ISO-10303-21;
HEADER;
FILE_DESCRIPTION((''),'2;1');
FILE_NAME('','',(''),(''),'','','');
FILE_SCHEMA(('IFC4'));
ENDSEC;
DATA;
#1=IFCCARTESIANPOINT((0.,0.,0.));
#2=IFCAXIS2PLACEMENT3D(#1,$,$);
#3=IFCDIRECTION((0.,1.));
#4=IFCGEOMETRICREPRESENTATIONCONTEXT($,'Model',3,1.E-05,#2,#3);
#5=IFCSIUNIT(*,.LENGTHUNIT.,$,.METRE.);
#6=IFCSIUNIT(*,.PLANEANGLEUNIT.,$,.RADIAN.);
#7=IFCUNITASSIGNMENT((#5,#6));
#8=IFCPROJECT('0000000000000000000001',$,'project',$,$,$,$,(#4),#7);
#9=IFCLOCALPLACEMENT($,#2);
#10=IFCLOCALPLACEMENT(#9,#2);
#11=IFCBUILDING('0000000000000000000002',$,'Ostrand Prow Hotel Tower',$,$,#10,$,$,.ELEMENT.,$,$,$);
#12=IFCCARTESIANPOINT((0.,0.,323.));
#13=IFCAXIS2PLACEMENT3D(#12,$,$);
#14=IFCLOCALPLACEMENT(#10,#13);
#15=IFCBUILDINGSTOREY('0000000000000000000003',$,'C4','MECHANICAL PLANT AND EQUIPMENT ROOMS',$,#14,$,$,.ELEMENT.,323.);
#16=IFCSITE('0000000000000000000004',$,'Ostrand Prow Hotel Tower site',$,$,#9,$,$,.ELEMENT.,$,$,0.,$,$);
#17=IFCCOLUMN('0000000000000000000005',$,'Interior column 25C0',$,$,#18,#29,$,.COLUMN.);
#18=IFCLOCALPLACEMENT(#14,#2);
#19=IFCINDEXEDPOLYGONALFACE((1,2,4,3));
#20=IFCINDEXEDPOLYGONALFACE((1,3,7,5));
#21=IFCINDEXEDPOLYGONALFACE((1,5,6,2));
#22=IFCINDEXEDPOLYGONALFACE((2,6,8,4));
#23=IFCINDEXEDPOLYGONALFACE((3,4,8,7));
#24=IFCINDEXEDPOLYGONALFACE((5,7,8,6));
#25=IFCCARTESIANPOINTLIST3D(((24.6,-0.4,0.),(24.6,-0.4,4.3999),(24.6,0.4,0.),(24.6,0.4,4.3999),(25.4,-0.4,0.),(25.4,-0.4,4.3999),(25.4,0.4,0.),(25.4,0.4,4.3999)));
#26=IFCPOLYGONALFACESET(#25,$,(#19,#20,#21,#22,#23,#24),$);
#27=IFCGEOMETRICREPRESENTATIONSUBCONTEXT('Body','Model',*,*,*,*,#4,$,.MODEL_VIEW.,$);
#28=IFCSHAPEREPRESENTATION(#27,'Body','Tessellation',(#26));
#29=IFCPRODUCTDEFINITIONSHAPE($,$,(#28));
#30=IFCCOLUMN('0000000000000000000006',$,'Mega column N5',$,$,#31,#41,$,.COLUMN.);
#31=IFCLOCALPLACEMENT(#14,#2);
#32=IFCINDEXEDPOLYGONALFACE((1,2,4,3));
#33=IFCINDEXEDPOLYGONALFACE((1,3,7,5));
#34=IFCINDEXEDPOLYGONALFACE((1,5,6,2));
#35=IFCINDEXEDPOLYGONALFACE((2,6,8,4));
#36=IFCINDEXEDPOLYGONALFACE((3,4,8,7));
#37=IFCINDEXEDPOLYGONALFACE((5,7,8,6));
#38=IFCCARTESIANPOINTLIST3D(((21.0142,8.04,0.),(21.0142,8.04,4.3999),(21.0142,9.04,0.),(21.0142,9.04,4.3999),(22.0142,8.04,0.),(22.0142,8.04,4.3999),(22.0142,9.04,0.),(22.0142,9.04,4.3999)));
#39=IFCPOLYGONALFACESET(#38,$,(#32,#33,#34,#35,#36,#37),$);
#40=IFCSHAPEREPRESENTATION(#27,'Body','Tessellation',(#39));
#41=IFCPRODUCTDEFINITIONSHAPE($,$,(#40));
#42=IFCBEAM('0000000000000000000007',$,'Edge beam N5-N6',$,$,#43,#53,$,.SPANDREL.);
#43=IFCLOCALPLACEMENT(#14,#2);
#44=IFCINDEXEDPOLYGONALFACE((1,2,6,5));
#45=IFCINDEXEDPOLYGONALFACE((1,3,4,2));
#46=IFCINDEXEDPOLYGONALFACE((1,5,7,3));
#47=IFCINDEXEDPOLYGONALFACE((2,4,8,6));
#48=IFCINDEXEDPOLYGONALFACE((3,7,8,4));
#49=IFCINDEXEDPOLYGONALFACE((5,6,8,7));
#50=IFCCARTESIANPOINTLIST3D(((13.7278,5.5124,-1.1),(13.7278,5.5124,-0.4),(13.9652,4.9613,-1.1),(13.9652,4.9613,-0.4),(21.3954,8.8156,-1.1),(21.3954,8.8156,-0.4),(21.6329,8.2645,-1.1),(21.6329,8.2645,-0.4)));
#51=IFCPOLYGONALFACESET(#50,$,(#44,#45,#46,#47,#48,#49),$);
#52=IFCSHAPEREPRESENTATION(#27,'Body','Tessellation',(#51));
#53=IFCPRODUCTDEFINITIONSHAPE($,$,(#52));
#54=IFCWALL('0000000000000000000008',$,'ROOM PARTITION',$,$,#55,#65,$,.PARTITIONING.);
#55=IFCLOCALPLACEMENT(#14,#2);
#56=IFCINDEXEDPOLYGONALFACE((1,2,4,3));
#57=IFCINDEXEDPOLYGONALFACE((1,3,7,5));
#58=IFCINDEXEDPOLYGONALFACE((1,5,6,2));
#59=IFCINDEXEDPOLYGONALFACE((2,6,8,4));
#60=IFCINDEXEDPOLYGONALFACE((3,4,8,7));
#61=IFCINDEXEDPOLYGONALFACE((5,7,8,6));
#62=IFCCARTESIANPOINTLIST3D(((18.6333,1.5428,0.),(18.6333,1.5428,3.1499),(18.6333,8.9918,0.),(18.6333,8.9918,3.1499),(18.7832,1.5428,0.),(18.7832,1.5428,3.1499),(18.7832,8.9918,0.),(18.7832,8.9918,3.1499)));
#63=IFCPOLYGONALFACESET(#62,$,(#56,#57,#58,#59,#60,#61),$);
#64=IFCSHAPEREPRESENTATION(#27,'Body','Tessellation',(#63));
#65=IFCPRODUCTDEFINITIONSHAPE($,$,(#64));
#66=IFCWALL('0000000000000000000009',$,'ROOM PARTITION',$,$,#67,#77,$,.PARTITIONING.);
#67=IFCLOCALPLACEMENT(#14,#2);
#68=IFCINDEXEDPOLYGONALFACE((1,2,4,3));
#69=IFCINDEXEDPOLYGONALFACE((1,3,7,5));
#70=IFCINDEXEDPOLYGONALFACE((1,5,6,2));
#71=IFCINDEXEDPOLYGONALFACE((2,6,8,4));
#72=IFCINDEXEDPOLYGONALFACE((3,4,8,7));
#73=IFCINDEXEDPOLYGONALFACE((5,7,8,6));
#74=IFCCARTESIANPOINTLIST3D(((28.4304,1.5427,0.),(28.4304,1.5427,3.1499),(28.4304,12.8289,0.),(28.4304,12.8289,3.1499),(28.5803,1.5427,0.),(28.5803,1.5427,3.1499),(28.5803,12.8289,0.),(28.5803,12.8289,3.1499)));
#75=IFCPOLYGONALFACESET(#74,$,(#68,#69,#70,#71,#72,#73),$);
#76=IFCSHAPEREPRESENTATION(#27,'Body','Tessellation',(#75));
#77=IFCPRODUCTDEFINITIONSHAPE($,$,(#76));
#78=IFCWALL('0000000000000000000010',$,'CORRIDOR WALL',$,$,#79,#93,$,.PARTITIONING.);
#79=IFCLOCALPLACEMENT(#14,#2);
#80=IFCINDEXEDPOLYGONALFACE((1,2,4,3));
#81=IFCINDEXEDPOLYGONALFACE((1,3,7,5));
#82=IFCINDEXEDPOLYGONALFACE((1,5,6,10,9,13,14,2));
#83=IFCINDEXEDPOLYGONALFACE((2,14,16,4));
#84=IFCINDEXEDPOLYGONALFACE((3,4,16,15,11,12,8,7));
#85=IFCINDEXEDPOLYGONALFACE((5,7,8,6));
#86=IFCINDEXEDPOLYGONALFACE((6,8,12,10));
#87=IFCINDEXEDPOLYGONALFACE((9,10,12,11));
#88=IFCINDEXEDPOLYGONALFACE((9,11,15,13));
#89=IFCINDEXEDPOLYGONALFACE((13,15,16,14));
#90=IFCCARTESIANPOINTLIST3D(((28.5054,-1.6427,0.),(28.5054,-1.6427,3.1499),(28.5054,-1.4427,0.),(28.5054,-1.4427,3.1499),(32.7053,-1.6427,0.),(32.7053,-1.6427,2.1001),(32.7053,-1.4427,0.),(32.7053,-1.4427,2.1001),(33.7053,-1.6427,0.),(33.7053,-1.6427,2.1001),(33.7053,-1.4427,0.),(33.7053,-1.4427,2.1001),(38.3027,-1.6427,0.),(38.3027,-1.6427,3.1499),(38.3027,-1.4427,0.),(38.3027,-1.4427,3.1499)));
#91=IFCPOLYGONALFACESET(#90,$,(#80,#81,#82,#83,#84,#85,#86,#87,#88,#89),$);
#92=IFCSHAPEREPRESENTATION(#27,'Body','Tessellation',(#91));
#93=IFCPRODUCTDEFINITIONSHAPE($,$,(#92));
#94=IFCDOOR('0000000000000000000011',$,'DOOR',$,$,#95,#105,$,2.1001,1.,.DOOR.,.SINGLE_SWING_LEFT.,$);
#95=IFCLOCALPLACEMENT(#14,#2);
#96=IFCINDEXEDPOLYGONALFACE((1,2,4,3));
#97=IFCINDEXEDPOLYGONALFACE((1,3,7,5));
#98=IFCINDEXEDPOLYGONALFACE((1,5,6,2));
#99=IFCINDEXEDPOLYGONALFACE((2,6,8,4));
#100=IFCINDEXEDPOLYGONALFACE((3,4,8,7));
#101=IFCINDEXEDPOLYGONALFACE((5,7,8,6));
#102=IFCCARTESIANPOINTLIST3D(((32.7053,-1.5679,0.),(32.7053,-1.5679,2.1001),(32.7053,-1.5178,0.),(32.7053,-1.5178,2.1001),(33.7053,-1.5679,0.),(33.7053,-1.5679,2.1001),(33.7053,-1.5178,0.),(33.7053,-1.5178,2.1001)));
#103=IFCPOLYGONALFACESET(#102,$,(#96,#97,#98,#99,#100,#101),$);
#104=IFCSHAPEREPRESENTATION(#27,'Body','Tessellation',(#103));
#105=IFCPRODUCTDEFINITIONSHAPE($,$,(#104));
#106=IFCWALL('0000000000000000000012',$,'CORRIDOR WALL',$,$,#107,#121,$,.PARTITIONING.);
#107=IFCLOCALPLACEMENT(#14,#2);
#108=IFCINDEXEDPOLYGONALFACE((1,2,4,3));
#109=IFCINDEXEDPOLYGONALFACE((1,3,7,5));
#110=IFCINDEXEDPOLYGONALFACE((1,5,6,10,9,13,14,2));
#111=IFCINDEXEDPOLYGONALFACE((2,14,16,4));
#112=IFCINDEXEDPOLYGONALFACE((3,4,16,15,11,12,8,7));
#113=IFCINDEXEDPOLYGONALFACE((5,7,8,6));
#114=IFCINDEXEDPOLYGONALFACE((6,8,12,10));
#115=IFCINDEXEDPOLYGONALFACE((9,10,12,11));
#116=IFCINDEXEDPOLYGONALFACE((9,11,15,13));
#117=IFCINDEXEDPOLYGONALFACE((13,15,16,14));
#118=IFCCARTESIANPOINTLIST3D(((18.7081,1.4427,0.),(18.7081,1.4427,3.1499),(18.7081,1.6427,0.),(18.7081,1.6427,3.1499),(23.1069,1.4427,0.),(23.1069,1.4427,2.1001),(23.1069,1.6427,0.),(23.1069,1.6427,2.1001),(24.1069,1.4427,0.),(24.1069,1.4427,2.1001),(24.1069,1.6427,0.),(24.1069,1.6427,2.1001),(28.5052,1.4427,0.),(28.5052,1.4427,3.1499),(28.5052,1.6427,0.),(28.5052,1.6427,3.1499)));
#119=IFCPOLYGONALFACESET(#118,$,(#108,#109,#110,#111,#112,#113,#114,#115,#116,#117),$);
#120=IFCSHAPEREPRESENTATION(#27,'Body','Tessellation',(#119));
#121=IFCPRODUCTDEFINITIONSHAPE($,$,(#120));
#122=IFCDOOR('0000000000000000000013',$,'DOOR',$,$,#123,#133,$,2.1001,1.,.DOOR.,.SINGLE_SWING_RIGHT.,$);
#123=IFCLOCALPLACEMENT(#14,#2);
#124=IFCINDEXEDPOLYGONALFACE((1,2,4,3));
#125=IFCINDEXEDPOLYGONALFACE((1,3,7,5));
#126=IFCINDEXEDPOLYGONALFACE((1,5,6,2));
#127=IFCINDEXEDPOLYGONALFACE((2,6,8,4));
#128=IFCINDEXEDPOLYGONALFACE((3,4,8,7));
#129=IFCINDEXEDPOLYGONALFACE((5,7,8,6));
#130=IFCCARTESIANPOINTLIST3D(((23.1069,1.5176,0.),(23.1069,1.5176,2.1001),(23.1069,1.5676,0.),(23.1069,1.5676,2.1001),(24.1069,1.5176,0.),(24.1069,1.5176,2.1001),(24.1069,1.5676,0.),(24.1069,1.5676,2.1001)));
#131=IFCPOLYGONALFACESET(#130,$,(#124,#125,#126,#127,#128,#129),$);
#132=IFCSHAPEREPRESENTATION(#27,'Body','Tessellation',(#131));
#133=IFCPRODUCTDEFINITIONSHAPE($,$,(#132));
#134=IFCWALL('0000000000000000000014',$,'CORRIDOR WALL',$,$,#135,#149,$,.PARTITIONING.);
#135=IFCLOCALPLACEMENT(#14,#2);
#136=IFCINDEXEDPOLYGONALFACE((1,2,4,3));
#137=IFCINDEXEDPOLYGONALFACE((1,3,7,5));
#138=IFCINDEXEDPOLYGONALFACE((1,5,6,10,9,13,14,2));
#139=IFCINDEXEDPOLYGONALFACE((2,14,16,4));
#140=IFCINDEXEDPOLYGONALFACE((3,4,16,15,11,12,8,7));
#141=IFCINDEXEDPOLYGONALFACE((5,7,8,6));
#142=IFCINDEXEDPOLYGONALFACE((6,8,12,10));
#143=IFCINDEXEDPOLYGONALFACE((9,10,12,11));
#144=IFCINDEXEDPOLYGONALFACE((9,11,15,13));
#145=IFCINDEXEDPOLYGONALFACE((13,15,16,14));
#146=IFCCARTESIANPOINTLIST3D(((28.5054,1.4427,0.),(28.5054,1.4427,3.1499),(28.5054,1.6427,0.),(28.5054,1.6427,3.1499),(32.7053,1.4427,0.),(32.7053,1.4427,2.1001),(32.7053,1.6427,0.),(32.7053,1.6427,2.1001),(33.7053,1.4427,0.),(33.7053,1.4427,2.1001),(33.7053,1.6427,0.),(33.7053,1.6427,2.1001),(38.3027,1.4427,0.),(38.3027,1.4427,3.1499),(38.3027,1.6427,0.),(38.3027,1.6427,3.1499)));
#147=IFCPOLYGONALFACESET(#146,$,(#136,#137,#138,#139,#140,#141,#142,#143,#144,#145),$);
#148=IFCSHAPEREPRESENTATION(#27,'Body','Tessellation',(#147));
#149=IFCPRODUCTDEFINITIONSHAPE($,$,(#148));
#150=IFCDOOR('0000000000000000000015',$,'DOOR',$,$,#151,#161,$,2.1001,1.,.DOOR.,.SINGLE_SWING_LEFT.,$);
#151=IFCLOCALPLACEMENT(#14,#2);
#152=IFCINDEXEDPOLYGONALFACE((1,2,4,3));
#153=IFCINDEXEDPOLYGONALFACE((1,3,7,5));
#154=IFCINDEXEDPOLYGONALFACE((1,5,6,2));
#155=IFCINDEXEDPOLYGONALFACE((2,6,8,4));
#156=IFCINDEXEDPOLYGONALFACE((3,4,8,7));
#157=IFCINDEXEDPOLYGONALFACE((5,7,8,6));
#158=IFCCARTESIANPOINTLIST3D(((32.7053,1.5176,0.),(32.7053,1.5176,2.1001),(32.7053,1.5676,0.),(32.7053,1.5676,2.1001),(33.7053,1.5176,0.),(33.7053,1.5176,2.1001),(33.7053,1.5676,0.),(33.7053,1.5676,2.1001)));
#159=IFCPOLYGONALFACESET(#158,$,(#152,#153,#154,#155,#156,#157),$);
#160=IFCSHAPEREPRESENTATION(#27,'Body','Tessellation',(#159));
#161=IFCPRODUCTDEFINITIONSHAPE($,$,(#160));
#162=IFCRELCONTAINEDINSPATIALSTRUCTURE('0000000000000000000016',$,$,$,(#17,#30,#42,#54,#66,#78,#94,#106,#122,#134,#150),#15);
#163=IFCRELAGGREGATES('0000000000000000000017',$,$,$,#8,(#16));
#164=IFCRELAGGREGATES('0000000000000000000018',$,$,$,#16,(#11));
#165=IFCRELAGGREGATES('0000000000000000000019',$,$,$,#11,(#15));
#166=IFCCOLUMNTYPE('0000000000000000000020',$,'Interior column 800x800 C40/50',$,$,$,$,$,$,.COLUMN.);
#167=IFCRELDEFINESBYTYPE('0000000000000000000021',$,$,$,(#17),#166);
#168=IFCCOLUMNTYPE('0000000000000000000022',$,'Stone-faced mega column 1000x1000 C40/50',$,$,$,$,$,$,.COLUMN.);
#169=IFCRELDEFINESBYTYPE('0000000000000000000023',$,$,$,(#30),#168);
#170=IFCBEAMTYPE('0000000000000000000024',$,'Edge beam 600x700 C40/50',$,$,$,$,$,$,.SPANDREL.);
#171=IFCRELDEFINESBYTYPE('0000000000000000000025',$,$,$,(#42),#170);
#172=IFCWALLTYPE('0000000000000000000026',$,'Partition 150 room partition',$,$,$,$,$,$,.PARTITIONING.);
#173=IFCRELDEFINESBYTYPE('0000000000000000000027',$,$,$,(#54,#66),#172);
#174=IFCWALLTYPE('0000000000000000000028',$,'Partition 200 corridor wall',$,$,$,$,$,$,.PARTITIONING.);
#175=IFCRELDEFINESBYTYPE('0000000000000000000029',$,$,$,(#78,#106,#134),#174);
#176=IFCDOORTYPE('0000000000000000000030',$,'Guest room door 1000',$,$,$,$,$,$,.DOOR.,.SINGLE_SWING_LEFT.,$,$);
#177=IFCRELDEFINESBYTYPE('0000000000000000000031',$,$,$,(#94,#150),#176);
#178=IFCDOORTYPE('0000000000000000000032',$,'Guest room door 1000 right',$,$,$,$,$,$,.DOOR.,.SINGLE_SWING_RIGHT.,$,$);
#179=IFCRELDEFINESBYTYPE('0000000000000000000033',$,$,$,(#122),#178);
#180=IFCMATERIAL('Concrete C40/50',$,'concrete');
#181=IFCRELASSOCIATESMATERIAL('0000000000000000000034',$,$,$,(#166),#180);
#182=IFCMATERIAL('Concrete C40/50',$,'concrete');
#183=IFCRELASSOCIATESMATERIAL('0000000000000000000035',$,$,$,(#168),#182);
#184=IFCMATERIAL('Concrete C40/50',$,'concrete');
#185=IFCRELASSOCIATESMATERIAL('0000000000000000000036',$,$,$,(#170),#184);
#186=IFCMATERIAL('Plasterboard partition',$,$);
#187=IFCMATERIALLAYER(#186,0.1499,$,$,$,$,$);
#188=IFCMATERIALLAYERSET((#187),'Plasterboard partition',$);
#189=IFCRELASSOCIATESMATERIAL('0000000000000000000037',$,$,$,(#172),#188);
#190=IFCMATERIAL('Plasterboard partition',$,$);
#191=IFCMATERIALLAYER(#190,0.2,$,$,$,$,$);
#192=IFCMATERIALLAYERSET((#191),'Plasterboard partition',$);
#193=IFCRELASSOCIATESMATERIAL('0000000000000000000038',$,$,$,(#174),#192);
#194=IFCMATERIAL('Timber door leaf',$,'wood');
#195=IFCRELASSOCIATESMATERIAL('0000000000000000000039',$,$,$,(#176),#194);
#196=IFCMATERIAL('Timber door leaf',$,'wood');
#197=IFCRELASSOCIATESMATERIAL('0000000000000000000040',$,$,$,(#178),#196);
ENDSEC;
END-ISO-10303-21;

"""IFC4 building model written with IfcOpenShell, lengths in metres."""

from ifc_helpers import new_model, si_unit, direction, frame, frame_2d, origin, origin_2d, place, context, subcontext, project, spatial, rectangle, extrude, material, layer, layer_set, material_profile, profile_set, type_object, element, fill, save


model = new_model("IFC4")

# Units and contexts
model_context = context("Model", 3, precision=1e-05, world=origin(), true_north=direction((0.0, 1.0)))
body_context = subcontext(model_context, "Body", "Model", "MODEL_VIEW")
ifc_project = project(units=[si_unit("LENGTHUNIT", "METRE"), si_unit("PLANEANGLEUNIT", "RADIAN")], contexts=[model_context])

# Site, building, storey
site_placement = place(None, origin())
site = spatial("IfcSite", under=ifc_project, at=site_placement, Name="Ostrand Prow Hotel Tower site", CompositionType="ELEMENT", RefElevation=0.0)
building_placement = place(site_placement, origin())
building = spatial("IfcBuilding", under=site, at=building_placement, Name="Ostrand Prow Hotel Tower", CompositionType="ELEMENT")
storey_placement = place(building_placement, frame((0.0, 0.0, 323.0)))
storey = spatial("IfcBuildingStorey", under=building, at=storey_placement, Name="C4", Description="MECHANICAL PLANT AND EQUIPMENT ROOMS", CompositionType="ELEMENT", Elevation=323.0)

# Columns
ifc_material_1 = material(Name="Concrete C40/50", Category="concrete")
ifc_material_profile_1 = material_profile(ifc_material_1, rectangle(XDim=0.8, YDim=0.8, at=origin_2d()), Name="RC 800x800")
ifc_profile_set_1 = profile_set([ifc_material_profile_1], Name="Concrete C40/50")
column_type_1 = type_object("IfcColumnType", Name="Interior column 800x800 C40/50", PredefinedType="COLUMN", material=ifc_profile_set_1)
column_1_placement = place(storey_placement, frame((25.0, 0.0, 0.0), z_axis=(0.0, 0.0, 1.0), x_axis=(1.0, 0.0, 0.0)))
element("IfcColumn", 1, at=column_1_placement, inside=storey, type_object=column_type_1, Name="Interior column 25C0", PredefinedType="COLUMN", context=body_context, shape_type="SweptSolid", body=[
    extrude(rectangle(XDim=0.8, YDim=0.8, at=origin_2d()), origin(), (0.0, 0.0, 1.0), 4.3999),
])
ifc_material_2 = material(Name="Concrete C40/50", Category="concrete")
ifc_material_profile_2 = material_profile(ifc_material_2, rectangle(XDim=1.0, YDim=1.0, at=origin_2d()), Name="RC 1000x1000")
ifc_profile_set_2 = profile_set([ifc_material_profile_2], Name="Concrete C40/50")
column_type_2 = type_object("IfcColumnType", Name="Stone-faced mega column 1000x1000 C40/50", PredefinedType="COLUMN", material=ifc_profile_set_2)
column_2_placement = place(storey_placement, frame((21.5142, 8.54, 0.0), z_axis=(0.0, 0.0, 1.0), x_axis=(1.0, 0.0, 0.0)))
element("IfcColumn", 2, at=column_2_placement, inside=storey, type_object=column_type_2, Name="Mega column N5", PredefinedType="COLUMN", context=body_context, shape_type="SweptSolid", body=[
    extrude(rectangle(XDim=1.0, YDim=1.0, at=origin_2d()), origin(), (0.0, 0.0, 1.0), 4.3999),
])

# Beam
ifc_material_3 = material(Name="Concrete C40/50", Category="concrete")
ifc_material_profile_3 = material_profile(ifc_material_3, rectangle(XDim=0.6001, YDim=0.7, at=origin_2d()), Name="RC 600x700")
ifc_profile_set_3 = profile_set([ifc_material_profile_3], Name="Concrete C40/50")
beam_type = type_object("IfcBeamType", Name="Edge beam 600x700 C40/50", PredefinedType="SPANDREL", material=ifc_profile_set_3)
beam_placement = place(storey_placement, frame((21.5142, 8.54, -0.75), z_axis=(-0.918404, -0.395644, 0.0), x_axis=(0.395644, -0.918404, 0.0)))
element("IfcBeam", 3, at=beam_placement, inside=storey, type_object=beam_type, Name="Edge beam N5-N6", PredefinedType="SPANDREL", context=body_context, shape_type="SweptSolid", body=[
    extrude(rectangle(XDim=0.6001, YDim=0.7, at=origin_2d()), origin(), (0.0, 0.0, 1.0), 8.3489),
])

# Walls
ifc_material_4 = material(Name="Plasterboard partition")
ifc_layer_1 = layer(ifc_material_4, 0.1499)
ifc_layer_set_1 = layer_set([ifc_layer_1], Name="Plasterboard partition")
wall_type_1 = type_object("IfcWallType", Name="Partition 150 room partition", PredefinedType="PARTITIONING", material=ifc_layer_set_1)
wall_1_placement = place(storey_placement, frame((18.7083, 1.5427, 0.0), z_axis=(0.0, 0.0, 1.0), x_axis=(0.0, 1.0, 0.0)))
element("IfcWall", 4, at=wall_1_placement, inside=storey, type_object=wall_type_1, Name="ROOM PARTITION", PredefinedType="PARTITIONING", context=body_context, shape_type="SweptSolid", body=[
    extrude(rectangle(XDim=7.449, YDim=0.1499, at=frame_2d((3.7246, 0.0))), origin(), (0.0, 0.0, 1.0), 3.1499),
])
wall_2_placement = place(storey_placement, frame((28.5054, 1.5427, 0.0), z_axis=(0.0, 0.0, 1.0), x_axis=(0.0, 1.0, 0.0)))
element("IfcWall", 5, at=wall_2_placement, inside=storey, type_object=wall_type_1, Name="ROOM PARTITION", PredefinedType="PARTITIONING", context=body_context, shape_type="SweptSolid", body=[
    extrude(rectangle(XDim=11.2861, YDim=0.1499, at=frame_2d((5.6431, 0.0))), origin(), (0.0, 0.0, 1.0), 3.1499),
])

# Walls, openings, doors
ifc_material_5 = material(Name="Plasterboard partition")
ifc_layer_2 = layer(ifc_material_5, 0.2)
ifc_layer_set_2 = layer_set([ifc_layer_2], Name="Plasterboard partition")
wall_type_2 = type_object("IfcWallType", Name="Partition 200 corridor wall", PredefinedType="PARTITIONING", material=ifc_layer_set_2)
wall_3_placement = place(storey_placement, frame((28.5054, -1.5427, 0.0), z_axis=(0.0, 0.0, 1.0), x_axis=(1.0, 0.0, 0.0)))
wall_3 = element("IfcWall", 6, at=wall_3_placement, inside=storey, type_object=wall_type_2, Name="CORRIDOR WALL", PredefinedType="PARTITIONING", context=body_context, shape_type="SweptSolid", body=[
    extrude(rectangle(XDim=9.7974, YDim=0.2, at=frame_2d((4.8987, 0.0))), origin(), (0.0, 0.0, 1.0), 3.1499),
])
opening_1_placement = place(wall_3_placement, frame((4.2, 0.0, 0.0)))
opening_1 = element("IfcOpeningElement", 7, at=opening_1_placement, cuts=wall_3, PredefinedType="OPENING", context=body_context, shape_type="SweptSolid", body=[
    extrude(rectangle(XDim=1.0, YDim=2.1001, at=frame_2d((0.5, 1.05))), frame((0.0, 0.1099, 0.0), z_axis=(0.0, -1.0, 0.0), x_axis=(1.0, 0.0, 0.0)), (0.0, 0.0, 1.0), 0.22),
])
ifc_material_6 = material(Name="Timber door leaf", Category="wood")
door_type_1 = type_object("IfcDoorType", Name="Guest room door 1000", OperationType="SINGLE_SWING_LEFT", PredefinedType="DOOR", material=ifc_material_6)
door_1_placement = place(opening_1_placement, origin())
door_1 = element("IfcDoor", 8, at=door_1_placement, inside=storey, type_object=door_type_1, Name="DOOR", OperationType="SINGLE_SWING_LEFT", OverallHeight=2.1001, OverallWidth=1.0, PredefinedType="DOOR", context=body_context, shape_type="SweptSolid", body=[
    extrude(rectangle(XDim=1.0, YDim=2.1001, at=frame_2d((0.5, 1.05))), frame((0.0, 0.0249, 0.0), z_axis=(0.0, -1.0, 0.0), x_axis=(1.0, 0.0, 0.0)), (0.0, 0.0, 1.0), 0.05),
])
fill(opening_1, door_1)
wall_4_placement = place(storey_placement, frame((18.7083, 1.5427, 0.0), z_axis=(0.0, 0.0, 1.0), x_axis=(1.0, 0.0, 0.0)))
wall_4 = element("IfcWall", 9, at=wall_4_placement, inside=storey, type_object=wall_type_2, Name="CORRIDOR WALL", PredefinedType="PARTITIONING", context=body_context, shape_type="SweptSolid", body=[
    extrude(rectangle(XDim=9.7971, YDim=0.2, at=frame_2d((4.8984, 0.0))), origin(), (0.0, 0.0, 1.0), 3.1499),
])
opening_2_placement = place(wall_4_placement, frame((4.3987, 0.0, 0.0)))
opening_2 = element("IfcOpeningElement", 10, at=opening_2_placement, cuts=wall_4, PredefinedType="OPENING", context=body_context, shape_type="SweptSolid", body=[
    extrude(rectangle(XDim=1.0, YDim=2.1001, at=frame_2d((0.5, 1.05))), frame((0.0, 0.1099, 0.0), z_axis=(0.0, -1.0, 0.0), x_axis=(1.0, 0.0, 0.0)), (0.0, 0.0, 1.0), 0.22),
])
ifc_material_7 = material(Name="Timber door leaf", Category="wood")
door_type_2 = type_object("IfcDoorType", Name="Guest room door 1000 right", OperationType="SINGLE_SWING_RIGHT", PredefinedType="DOOR", material=ifc_material_7)
door_2_placement = place(opening_2_placement, origin())
door_2 = element("IfcDoor", 11, at=door_2_placement, inside=storey, type_object=door_type_2, Name="DOOR", OperationType="SINGLE_SWING_RIGHT", OverallHeight=2.1001, OverallWidth=1.0, PredefinedType="DOOR", context=body_context, shape_type="SweptSolid", body=[
    extrude(rectangle(XDim=1.0, YDim=2.1001, at=frame_2d((0.5, 1.05))), frame((0.0, 0.0249, 0.0), z_axis=(0.0, -1.0, 0.0), x_axis=(1.0, 0.0, 0.0)), (0.0, 0.0, 1.0), 0.05),
])
fill(opening_2, door_2)
wall_5_placement = place(storey_placement, frame((28.5054, 1.5427, 0.0), z_axis=(0.0, 0.0, 1.0), x_axis=(1.0, 0.0, 0.0)))
wall_5 = element("IfcWall", 12, at=wall_5_placement, inside=storey, type_object=wall_type_2, Name="CORRIDOR WALL", PredefinedType="PARTITIONING", context=body_context, shape_type="SweptSolid", body=[
    extrude(rectangle(XDim=9.7974, YDim=0.2, at=frame_2d((4.8987, 0.0))), origin(), (0.0, 0.0, 1.0), 3.1499),
])
opening_3_placement = place(wall_5_placement, frame((4.2, 0.0, 0.0)))
opening_3 = element("IfcOpeningElement", 13, at=opening_3_placement, cuts=wall_5, PredefinedType="OPENING", context=body_context, shape_type="SweptSolid", body=[
    extrude(rectangle(XDim=1.0, YDim=2.1001, at=frame_2d((0.5, 1.05))), frame((0.0, 0.1099, 0.0), z_axis=(0.0, -1.0, 0.0), x_axis=(1.0, 0.0, 0.0)), (0.0, 0.0, 1.0), 0.22),
])
door_3_placement = place(opening_3_placement, origin())
door_3 = element("IfcDoor", 14, at=door_3_placement, inside=storey, type_object=door_type_1, Name="DOOR", OperationType="SINGLE_SWING_LEFT", OverallHeight=2.1001, OverallWidth=1.0, PredefinedType="DOOR", context=body_context, shape_type="SweptSolid", body=[
    extrude(rectangle(XDim=1.0, YDim=2.1001, at=frame_2d((0.5, 1.05))), frame((0.0, 0.0249, 0.0), z_axis=(0.0, -1.0, 0.0), x_axis=(1.0, 0.0, 0.0)), (0.0, 0.0, 1.0), 0.05),
])
fill(opening_3, door_3)

save(model, "model.ifc")
